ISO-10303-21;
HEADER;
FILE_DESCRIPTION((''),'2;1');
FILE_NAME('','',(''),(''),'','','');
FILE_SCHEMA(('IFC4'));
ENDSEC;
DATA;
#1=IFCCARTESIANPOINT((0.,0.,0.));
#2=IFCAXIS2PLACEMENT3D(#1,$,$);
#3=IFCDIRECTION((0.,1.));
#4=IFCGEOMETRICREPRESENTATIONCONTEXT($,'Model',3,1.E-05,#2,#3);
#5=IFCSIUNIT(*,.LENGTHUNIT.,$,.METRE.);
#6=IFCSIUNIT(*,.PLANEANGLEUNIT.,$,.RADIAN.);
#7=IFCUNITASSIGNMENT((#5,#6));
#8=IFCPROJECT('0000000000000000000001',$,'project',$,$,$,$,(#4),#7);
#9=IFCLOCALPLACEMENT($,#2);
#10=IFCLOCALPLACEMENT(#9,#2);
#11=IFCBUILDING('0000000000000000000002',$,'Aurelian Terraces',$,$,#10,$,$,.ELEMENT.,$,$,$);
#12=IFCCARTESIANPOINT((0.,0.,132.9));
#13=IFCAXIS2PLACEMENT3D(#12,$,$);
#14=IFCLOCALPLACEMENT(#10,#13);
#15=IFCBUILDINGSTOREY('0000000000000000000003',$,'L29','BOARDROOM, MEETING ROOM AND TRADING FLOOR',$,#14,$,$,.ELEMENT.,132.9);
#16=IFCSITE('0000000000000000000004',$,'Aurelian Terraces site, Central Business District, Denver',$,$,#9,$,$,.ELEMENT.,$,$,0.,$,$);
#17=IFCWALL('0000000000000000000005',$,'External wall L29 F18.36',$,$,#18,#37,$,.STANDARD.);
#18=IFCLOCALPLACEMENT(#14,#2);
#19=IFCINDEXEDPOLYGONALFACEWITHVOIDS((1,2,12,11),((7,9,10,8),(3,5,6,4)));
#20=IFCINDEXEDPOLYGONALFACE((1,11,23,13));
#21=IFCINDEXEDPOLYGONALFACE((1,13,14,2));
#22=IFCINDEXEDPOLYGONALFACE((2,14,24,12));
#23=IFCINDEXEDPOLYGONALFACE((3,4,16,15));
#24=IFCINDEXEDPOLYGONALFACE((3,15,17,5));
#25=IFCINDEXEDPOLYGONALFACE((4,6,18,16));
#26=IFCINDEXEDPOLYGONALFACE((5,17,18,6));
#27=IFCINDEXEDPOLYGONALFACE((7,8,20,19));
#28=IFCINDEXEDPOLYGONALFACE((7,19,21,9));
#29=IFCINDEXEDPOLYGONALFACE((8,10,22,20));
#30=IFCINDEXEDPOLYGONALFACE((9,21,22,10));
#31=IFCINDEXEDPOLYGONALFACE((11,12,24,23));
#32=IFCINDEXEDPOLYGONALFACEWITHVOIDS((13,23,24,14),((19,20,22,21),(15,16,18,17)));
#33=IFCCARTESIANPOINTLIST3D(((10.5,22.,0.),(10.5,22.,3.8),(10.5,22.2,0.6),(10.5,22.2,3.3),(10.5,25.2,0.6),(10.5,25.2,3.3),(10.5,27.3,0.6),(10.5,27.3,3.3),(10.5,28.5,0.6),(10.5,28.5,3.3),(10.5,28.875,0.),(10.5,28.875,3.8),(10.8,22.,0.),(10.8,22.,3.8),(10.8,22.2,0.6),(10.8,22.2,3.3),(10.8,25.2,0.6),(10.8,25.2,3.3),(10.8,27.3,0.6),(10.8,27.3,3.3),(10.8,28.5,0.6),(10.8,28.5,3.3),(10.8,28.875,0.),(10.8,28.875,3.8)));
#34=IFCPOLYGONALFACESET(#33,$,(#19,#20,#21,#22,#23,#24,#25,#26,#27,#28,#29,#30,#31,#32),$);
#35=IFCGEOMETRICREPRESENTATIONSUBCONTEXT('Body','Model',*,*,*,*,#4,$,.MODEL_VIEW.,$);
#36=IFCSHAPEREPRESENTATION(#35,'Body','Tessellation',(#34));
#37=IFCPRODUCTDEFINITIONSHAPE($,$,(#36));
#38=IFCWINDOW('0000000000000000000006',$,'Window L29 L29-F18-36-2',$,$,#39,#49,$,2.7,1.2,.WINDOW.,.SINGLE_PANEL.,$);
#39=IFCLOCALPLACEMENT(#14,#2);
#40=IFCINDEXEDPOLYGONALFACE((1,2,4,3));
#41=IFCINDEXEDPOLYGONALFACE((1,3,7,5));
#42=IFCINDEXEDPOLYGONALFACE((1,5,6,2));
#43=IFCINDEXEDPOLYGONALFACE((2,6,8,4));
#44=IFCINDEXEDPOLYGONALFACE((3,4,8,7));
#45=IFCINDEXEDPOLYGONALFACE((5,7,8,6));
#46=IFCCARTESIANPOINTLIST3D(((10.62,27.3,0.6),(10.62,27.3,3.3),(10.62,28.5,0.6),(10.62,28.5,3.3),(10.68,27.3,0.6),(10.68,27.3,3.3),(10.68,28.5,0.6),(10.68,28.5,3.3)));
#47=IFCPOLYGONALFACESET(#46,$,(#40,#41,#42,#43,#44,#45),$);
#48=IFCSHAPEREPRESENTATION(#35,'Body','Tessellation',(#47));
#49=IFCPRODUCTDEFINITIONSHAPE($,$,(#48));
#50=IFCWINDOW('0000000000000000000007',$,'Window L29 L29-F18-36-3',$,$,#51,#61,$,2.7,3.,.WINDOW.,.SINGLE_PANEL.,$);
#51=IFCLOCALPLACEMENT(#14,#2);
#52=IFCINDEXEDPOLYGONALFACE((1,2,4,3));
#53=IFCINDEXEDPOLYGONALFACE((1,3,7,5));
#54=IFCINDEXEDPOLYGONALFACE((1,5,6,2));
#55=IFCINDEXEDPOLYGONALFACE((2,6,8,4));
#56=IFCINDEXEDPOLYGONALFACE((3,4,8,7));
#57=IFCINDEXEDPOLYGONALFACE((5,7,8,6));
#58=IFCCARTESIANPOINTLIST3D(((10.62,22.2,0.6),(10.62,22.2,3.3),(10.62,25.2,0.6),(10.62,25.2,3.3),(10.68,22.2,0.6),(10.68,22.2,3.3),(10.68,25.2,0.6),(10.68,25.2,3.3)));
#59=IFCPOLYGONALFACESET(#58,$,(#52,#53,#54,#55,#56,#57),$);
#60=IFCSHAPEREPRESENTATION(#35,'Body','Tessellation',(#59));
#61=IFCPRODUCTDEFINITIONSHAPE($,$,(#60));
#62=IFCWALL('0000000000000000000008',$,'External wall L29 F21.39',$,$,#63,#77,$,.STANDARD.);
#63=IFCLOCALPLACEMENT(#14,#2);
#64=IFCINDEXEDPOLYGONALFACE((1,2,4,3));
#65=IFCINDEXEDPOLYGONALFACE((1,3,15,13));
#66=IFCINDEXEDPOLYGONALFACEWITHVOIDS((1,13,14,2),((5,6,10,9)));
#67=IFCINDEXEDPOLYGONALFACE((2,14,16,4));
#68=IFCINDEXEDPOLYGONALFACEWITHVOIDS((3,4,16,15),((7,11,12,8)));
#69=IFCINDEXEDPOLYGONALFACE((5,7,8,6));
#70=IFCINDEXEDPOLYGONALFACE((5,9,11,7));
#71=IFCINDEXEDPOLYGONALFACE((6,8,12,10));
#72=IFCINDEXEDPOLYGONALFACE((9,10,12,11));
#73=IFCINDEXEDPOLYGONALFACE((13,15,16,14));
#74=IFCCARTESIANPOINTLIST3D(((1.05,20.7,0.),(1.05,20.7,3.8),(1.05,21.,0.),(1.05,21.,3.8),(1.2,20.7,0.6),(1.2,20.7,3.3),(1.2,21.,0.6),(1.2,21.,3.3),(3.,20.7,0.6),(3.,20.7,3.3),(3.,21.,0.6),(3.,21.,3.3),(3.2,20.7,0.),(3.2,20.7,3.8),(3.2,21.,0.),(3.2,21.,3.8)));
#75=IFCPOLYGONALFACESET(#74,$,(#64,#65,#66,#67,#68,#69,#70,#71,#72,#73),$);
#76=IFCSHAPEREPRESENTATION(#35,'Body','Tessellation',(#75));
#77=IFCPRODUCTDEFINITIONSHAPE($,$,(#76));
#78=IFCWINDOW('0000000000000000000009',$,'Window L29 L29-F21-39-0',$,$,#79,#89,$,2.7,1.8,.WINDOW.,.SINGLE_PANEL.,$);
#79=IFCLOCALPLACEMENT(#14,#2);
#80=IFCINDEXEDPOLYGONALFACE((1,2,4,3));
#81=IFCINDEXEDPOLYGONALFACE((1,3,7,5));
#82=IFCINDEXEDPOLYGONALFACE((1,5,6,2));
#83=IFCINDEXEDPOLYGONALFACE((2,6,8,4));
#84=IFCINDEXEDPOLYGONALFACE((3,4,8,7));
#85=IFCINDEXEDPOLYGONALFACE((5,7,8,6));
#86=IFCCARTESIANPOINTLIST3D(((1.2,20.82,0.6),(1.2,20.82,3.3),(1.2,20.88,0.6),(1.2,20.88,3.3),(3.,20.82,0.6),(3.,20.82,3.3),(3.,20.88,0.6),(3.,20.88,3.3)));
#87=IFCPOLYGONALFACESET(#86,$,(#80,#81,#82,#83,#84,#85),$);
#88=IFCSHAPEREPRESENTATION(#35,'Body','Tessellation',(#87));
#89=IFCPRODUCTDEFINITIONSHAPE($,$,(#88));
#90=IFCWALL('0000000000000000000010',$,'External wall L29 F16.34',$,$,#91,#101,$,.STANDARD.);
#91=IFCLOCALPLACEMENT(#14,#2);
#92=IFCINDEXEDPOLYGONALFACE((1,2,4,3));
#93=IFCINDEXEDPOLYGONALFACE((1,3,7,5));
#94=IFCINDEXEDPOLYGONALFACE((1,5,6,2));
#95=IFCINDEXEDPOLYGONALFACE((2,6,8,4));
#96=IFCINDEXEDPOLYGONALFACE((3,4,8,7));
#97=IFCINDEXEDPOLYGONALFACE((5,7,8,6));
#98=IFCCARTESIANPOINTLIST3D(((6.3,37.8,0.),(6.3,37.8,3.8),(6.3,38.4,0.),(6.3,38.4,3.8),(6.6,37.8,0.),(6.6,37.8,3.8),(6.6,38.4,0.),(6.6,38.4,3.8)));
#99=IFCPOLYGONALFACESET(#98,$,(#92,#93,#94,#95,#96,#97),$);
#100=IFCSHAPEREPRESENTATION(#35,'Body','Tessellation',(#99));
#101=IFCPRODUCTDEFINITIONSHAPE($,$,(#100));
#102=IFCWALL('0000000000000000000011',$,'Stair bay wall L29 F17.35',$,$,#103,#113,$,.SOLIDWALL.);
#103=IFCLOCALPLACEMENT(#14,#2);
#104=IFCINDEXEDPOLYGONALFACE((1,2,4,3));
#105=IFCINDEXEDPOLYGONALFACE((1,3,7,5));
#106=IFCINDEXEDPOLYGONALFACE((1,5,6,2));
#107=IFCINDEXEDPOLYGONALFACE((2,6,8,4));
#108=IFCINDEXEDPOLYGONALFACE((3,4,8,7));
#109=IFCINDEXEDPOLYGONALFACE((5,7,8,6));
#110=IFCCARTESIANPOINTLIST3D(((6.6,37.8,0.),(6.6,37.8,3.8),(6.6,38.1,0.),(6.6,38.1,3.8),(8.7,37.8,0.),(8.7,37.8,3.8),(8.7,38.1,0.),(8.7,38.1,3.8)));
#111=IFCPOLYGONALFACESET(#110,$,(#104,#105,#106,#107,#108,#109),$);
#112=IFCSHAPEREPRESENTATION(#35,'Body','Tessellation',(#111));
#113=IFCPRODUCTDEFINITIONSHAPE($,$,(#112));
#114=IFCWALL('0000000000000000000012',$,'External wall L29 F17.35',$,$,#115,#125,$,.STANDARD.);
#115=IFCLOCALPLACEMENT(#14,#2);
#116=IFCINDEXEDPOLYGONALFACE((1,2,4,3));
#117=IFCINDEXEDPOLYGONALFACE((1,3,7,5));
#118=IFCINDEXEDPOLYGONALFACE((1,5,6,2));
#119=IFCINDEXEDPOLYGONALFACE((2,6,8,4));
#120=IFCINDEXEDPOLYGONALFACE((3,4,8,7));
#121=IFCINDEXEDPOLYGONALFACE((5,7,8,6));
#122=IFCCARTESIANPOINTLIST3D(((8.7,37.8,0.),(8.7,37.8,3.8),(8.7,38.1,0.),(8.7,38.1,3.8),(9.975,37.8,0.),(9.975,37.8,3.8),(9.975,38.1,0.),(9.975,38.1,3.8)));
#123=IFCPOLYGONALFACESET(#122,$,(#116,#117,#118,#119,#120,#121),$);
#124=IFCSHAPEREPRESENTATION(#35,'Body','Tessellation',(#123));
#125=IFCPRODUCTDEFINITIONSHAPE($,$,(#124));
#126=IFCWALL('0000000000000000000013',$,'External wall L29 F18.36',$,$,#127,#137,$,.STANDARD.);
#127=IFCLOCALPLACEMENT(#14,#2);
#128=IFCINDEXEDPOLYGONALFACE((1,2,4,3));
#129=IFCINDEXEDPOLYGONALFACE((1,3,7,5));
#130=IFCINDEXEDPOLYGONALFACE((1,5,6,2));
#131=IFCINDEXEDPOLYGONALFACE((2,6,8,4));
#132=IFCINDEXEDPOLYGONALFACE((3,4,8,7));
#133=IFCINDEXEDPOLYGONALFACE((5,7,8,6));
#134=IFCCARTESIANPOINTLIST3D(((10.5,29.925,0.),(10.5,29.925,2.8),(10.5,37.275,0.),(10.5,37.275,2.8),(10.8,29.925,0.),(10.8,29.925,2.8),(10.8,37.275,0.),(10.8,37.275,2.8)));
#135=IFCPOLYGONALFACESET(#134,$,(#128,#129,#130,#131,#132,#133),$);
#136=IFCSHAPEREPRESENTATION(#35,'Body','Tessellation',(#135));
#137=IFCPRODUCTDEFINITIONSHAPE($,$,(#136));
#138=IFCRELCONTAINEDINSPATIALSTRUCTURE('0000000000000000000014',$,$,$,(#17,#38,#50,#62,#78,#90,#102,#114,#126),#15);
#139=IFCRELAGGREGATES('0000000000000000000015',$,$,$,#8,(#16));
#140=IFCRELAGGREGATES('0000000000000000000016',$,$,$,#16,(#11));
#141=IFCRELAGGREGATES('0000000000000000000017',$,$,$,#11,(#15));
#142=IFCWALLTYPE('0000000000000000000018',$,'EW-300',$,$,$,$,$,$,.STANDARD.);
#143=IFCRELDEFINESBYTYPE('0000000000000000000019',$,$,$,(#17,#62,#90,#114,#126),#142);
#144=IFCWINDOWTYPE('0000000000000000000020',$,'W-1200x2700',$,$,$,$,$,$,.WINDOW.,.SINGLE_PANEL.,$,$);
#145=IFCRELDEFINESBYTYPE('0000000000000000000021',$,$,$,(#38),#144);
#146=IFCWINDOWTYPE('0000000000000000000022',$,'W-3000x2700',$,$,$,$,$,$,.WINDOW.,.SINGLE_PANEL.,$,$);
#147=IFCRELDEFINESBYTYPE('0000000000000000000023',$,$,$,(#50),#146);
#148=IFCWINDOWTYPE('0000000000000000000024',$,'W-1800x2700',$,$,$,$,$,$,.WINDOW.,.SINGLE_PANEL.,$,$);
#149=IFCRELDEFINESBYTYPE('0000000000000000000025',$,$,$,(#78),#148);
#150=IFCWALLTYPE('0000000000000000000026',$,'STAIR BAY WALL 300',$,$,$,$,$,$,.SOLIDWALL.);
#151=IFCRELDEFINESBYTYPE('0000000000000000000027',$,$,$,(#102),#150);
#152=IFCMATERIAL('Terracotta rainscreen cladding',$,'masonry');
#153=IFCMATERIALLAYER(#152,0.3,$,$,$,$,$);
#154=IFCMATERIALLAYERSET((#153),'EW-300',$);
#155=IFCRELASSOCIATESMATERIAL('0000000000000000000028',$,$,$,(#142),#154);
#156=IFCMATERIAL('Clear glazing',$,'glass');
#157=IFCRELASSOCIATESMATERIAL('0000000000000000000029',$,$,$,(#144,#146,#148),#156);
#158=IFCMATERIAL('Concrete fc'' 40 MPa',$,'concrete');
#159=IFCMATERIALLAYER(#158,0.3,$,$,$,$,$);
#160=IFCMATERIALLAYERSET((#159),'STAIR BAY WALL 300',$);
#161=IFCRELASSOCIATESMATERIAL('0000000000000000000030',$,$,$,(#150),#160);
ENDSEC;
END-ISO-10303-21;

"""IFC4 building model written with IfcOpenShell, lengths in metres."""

from ifc_helpers import new_model, si_unit, direction, frame, frame_2d, origin, place, context, subcontext, project, spatial, rectangle, extrude, source, transform, mapped, material, layer, layer_set, type_object, element, fill, save


model = new_model("IFC4")

# Units and contexts
model_context = context("Model", 3, precision=1e-05, world=origin(), true_north=direction((0.0, 1.0)))
body_context = subcontext(model_context, "Body", "Model", "MODEL_VIEW")
ifc_project = project(units=[si_unit("LENGTHUNIT", "METRE"), si_unit("PLANEANGLEUNIT", "RADIAN")], contexts=[model_context])

# Site, building, storey
site_placement = place(None, origin())
site = spatial("IfcSite", under=ifc_project, at=site_placement, Name="Aurelian Terraces site, Central Business District, Denver", CompositionType="ELEMENT", RefElevation=0.0)
building_placement = place(site_placement, origin())
building = spatial("IfcBuilding", under=site, at=building_placement, Name="Aurelian Terraces", CompositionType="ELEMENT")
storey_placement = place(building_placement, frame((0.0, 0.0, 132.9)))
storey = spatial("IfcBuildingStorey", under=building, at=storey_placement, Name="L29", Description="BOARDROOM, MEETING ROOM AND TRADING FLOOR", CompositionType="ELEMENT", Elevation=132.9)

# Shared definitions
ifc_material_1 = material(Name="Concrete fc' 40 MPa", Category="concrete")

# Wall, openings, windows
ifc_material_2 = material(Name="Terracotta rainscreen cladding", Category="masonry")
ifc_layer_1 = layer(ifc_material_2, 0.3)
ifc_layer_set_1 = layer_set([ifc_layer_1], Name="EW-300")
wall_type_1 = type_object("IfcWallType", Name="EW-300", PredefinedType="STANDARD", material=ifc_layer_set_1)
shared_shape_1 = source(origin(), body_context, "Body", "SweptSolid", [
    extrude(rectangle(XDim=6.875, YDim=0.3, at=frame_2d((3.4375, 0.0))), origin(), (0.0, 0.0, 1.0), 3.8),
])
wall_1_placement = place(storey_placement, frame((10.65, 28.875, 0.0), z_axis=(0.0, 0.0, 1.0), x_axis=(0.0, -1.0, 0.0)))
wall_1 = element("IfcWall", 1, at=wall_1_placement, inside=storey, type_object=wall_type_1, Name="External wall L29 F18.36", PredefinedType="STANDARD", context=body_context, shape_type="MappedRepresentation", body=[
    mapped(shared_shape_1, transform((0.0, 0.0, 0.0), scale=1.0)),
])
shared_shape_2 = source(origin(), body_context, "Body", "SweptSolid", [
    extrude(rectangle(XDim=1.2, YDim=2.7, at=frame_2d((0.6, 1.35))), frame((0.0, 0.16, 0.0), z_axis=(0.0, -1.0, 0.0), x_axis=(1.0, 0.0, 0.0)), (0.0, 0.0, 1.0), 0.32),
])
opening_1_placement = place(wall_1_placement, frame((0.375, 0.0, 0.6)))
opening_1 = element("IfcOpeningElement", 2, at=opening_1_placement, cuts=wall_1, PredefinedType="OPENING", context=body_context, shape_type="MappedRepresentation", body=[
    mapped(shared_shape_2, transform((0.0, 0.0, 0.0), scale=1.0)),
])
shared_shape_3 = source(origin(), body_context, "Body", "SweptSolid", [
    extrude(rectangle(XDim=3.0, YDim=2.7, at=frame_2d((1.5, 1.35))), frame((0.0, 0.16, 0.0), z_axis=(0.0, -1.0, 0.0), x_axis=(1.0, 0.0, 0.0)), (0.0, 0.0, 1.0), 0.32),
])
opening_2_placement = place(wall_1_placement, frame((3.675, 0.0, 0.6)))
opening_2 = element("IfcOpeningElement", 3, at=opening_2_placement, cuts=wall_1, PredefinedType="OPENING", context=body_context, shape_type="MappedRepresentation", body=[
    mapped(shared_shape_3, transform((0.0, 0.0, 0.0), scale=1.0)),
])
ifc_material_3 = material(Name="Clear glazing", Category="glass")
window_type_1 = type_object("IfcWindowType", Name="W-1200x2700", PartitioningType="SINGLE_PANEL", PredefinedType="WINDOW", material=ifc_material_3)
shared_shape_4 = source(origin(), body_context, "Body", "SweptSolid", [
    extrude(rectangle(XDim=1.2, YDim=2.7, at=frame_2d((0.6, 1.35))), frame((0.0, 0.03, 0.0), z_axis=(0.0, -1.0, 0.0), x_axis=(1.0, 0.0, 0.0)), (0.0, 0.0, 1.0), 0.06),
])
window_1_placement = place(opening_1_placement, origin())
window_1 = element("IfcWindow", 4, at=window_1_placement, inside=storey, type_object=window_type_1, Name="Window L29 L29-F18-36-2", OverallHeight=2.7, OverallWidth=1.2, PartitioningType="SINGLE_PANEL", PredefinedType="WINDOW", context=body_context, shape_type="MappedRepresentation", body=[
    mapped(shared_shape_4, transform((0.0, 0.0, 0.0), scale=1.0)),
])
fill(opening_1, window_1)
window_type_2 = type_object("IfcWindowType", Name="W-3000x2700", PartitioningType="SINGLE_PANEL", PredefinedType="WINDOW", material=ifc_material_3)
shared_shape_5 = source(origin(), body_context, "Body", "SweptSolid", [
    extrude(rectangle(XDim=3.0, YDim=2.7, at=frame_2d((1.5, 1.35))), frame((0.0, 0.03, 0.0), z_axis=(0.0, -1.0, 0.0), x_axis=(1.0, 0.0, 0.0)), (0.0, 0.0, 1.0), 0.06),
])
window_2_placement = place(opening_2_placement, origin())
window_2 = element("IfcWindow", 5, at=window_2_placement, inside=storey, type_object=window_type_2, Name="Window L29 L29-F18-36-3", OverallHeight=2.7, OverallWidth=3.0, PartitioningType="SINGLE_PANEL", PredefinedType="WINDOW", context=body_context, shape_type="MappedRepresentation", body=[
    mapped(shared_shape_5, transform((0.0, 0.0, 0.0), scale=1.0)),
])
fill(opening_2, window_2)

# Wall, opening, window
shared_shape_6 = source(origin(), body_context, "Body", "SweptSolid", [
    extrude(rectangle(XDim=2.15, YDim=0.3, at=frame_2d((1.075, 0.0))), origin(), (0.0, 0.0, 1.0), 3.8),
])
wall_2_placement = place(storey_placement, frame((3.2, 20.85, 0.0), z_axis=(0.0, 0.0, 1.0), x_axis=(-1.0, 0.0, 0.0)))
wall_2 = element("IfcWall", 6, at=wall_2_placement, inside=storey, type_object=wall_type_1, Name="External wall L29 F21.39", PredefinedType="STANDARD", context=body_context, shape_type="MappedRepresentation", body=[
    mapped(shared_shape_6, transform((0.0, 0.0, 0.0), scale=1.0)),
])
shared_shape_7 = source(origin(), body_context, "Body", "SweptSolid", [
    extrude(rectangle(XDim=1.8, YDim=2.7, at=frame_2d((0.9, 1.35))), frame((0.0, 0.16, 0.0), z_axis=(0.0, -1.0, 0.0), x_axis=(1.0, 0.0, 0.0)), (0.0, 0.0, 1.0), 0.32),
])
opening_3_placement = place(wall_2_placement, frame((0.2, 0.0, 0.6)))
opening_3 = element("IfcOpeningElement", 7, at=opening_3_placement, cuts=wall_2, PredefinedType="OPENING", context=body_context, shape_type="MappedRepresentation", body=[
    mapped(shared_shape_7, transform((0.0, 0.0, 0.0), scale=1.0)),
])
window_type_3 = type_object("IfcWindowType", Name="W-1800x2700", PartitioningType="SINGLE_PANEL", PredefinedType="WINDOW", material=ifc_material_3)
shared_shape_8 = source(origin(), body_context, "Body", "SweptSolid", [
    extrude(rectangle(XDim=1.8, YDim=2.7, at=frame_2d((0.9, 1.35))), frame((0.0, 0.03, 0.0), z_axis=(0.0, -1.0, 0.0), x_axis=(1.0, 0.0, 0.0)), (0.0, 0.0, 1.0), 0.06),
])
window_3_placement = place(opening_3_placement, origin())
window_3 = element("IfcWindow", 8, at=window_3_placement, inside=storey, type_object=window_type_3, Name="Window L29 L29-F21-39-0", OverallHeight=2.7, OverallWidth=1.8, PartitioningType="SINGLE_PANEL", PredefinedType="WINDOW", context=body_context, shape_type="MappedRepresentation", body=[
    mapped(shared_shape_8, transform((0.0, 0.0, 0.0), scale=1.0)),
])
fill(opening_3, window_3)

# Walls
shared_shape_9 = source(origin(), body_context, "Body", "SweptSolid", [
    extrude(rectangle(XDim=0.6, YDim=0.3, at=frame_2d((0.3, 0.0))), origin(), (0.0, 0.0, 1.0), 3.8),
])
wall_3_placement = place(storey_placement, frame((6.45, 38.4, 0.0), z_axis=(0.0, 0.0, 1.0), x_axis=(0.0, -1.0, 0.0)))
element("IfcWall", 9, at=wall_3_placement, inside=storey, type_object=wall_type_1, Name="External wall L29 F16.34", PredefinedType="STANDARD", context=body_context, shape_type="MappedRepresentation", body=[
    mapped(shared_shape_9, transform((0.0, 0.0, 0.0), scale=1.0)),
])
ifc_layer_2 = layer(ifc_material_1, 0.3)
ifc_layer_set_2 = layer_set([ifc_layer_2], Name="STAIR BAY WALL 300")
wall_type_2 = type_object("IfcWallType", Name="STAIR BAY WALL 300", PredefinedType="SOLIDWALL", material=ifc_layer_set_2)
shared_shape_10 = source(origin(), body_context, "Body", "SweptSolid", [
    extrude(rectangle(XDim=2.1, YDim=0.3, at=frame_2d((1.05, 0.0))), origin(), (0.0, 0.0, 1.0), 3.8),
])
wall_4_placement = place(storey_placement, frame((6.6, 37.95, 0.0), z_axis=(0.0, 0.0, 1.0), x_axis=(1.0, 0.0, 0.0)))
element("IfcWall", 10, at=wall_4_placement, inside=storey, type_object=wall_type_2, Name="Stair bay wall L29 F17.35", PredefinedType="SOLIDWALL", context=body_context, shape_type="MappedRepresentation", body=[
    mapped(shared_shape_10, transform((0.0, 0.0, 0.0), scale=1.0)),
])
shared_shape_11 = source(origin(), body_context, "Body", "SweptSolid", [
    extrude(rectangle(XDim=1.275, YDim=0.3, at=frame_2d((0.6375, 0.0))), origin(), (0.0, 0.0, 1.0), 3.8),
])
wall_5_placement = place(storey_placement, frame((8.7, 37.95, 0.0), z_axis=(0.0, 0.0, 1.0), x_axis=(1.0, 0.0, 0.0)))
element("IfcWall", 11, at=wall_5_placement, inside=storey, type_object=wall_type_1, Name="External wall L29 F17.35", PredefinedType="STANDARD", context=body_context, shape_type="MappedRepresentation", body=[
    mapped(shared_shape_11, transform((0.0, 0.0, 0.0), scale=1.0)),
])
shared_shape_12 = source(origin(), body_context, "Body", "SweptSolid", [
    extrude(rectangle(XDim=7.35, YDim=0.3, at=frame_2d((3.675, 0.0))), origin(), (0.0, 0.0, 1.0), 2.8),
])
wall_6_placement = place(storey_placement, frame((10.65, 37.275, 0.0), z_axis=(0.0, 0.0, 1.0), x_axis=(0.0, -1.0, 0.0)))
element("IfcWall", 12, at=wall_6_placement, inside=storey, type_object=wall_type_1, Name="External wall L29 F18.36", PredefinedType="STANDARD", context=body_context, shape_type="MappedRepresentation", body=[
    mapped(shared_shape_12, transform((0.0, 0.0, 0.0), scale=1.0)),
])

save(model, "model.ifc")
